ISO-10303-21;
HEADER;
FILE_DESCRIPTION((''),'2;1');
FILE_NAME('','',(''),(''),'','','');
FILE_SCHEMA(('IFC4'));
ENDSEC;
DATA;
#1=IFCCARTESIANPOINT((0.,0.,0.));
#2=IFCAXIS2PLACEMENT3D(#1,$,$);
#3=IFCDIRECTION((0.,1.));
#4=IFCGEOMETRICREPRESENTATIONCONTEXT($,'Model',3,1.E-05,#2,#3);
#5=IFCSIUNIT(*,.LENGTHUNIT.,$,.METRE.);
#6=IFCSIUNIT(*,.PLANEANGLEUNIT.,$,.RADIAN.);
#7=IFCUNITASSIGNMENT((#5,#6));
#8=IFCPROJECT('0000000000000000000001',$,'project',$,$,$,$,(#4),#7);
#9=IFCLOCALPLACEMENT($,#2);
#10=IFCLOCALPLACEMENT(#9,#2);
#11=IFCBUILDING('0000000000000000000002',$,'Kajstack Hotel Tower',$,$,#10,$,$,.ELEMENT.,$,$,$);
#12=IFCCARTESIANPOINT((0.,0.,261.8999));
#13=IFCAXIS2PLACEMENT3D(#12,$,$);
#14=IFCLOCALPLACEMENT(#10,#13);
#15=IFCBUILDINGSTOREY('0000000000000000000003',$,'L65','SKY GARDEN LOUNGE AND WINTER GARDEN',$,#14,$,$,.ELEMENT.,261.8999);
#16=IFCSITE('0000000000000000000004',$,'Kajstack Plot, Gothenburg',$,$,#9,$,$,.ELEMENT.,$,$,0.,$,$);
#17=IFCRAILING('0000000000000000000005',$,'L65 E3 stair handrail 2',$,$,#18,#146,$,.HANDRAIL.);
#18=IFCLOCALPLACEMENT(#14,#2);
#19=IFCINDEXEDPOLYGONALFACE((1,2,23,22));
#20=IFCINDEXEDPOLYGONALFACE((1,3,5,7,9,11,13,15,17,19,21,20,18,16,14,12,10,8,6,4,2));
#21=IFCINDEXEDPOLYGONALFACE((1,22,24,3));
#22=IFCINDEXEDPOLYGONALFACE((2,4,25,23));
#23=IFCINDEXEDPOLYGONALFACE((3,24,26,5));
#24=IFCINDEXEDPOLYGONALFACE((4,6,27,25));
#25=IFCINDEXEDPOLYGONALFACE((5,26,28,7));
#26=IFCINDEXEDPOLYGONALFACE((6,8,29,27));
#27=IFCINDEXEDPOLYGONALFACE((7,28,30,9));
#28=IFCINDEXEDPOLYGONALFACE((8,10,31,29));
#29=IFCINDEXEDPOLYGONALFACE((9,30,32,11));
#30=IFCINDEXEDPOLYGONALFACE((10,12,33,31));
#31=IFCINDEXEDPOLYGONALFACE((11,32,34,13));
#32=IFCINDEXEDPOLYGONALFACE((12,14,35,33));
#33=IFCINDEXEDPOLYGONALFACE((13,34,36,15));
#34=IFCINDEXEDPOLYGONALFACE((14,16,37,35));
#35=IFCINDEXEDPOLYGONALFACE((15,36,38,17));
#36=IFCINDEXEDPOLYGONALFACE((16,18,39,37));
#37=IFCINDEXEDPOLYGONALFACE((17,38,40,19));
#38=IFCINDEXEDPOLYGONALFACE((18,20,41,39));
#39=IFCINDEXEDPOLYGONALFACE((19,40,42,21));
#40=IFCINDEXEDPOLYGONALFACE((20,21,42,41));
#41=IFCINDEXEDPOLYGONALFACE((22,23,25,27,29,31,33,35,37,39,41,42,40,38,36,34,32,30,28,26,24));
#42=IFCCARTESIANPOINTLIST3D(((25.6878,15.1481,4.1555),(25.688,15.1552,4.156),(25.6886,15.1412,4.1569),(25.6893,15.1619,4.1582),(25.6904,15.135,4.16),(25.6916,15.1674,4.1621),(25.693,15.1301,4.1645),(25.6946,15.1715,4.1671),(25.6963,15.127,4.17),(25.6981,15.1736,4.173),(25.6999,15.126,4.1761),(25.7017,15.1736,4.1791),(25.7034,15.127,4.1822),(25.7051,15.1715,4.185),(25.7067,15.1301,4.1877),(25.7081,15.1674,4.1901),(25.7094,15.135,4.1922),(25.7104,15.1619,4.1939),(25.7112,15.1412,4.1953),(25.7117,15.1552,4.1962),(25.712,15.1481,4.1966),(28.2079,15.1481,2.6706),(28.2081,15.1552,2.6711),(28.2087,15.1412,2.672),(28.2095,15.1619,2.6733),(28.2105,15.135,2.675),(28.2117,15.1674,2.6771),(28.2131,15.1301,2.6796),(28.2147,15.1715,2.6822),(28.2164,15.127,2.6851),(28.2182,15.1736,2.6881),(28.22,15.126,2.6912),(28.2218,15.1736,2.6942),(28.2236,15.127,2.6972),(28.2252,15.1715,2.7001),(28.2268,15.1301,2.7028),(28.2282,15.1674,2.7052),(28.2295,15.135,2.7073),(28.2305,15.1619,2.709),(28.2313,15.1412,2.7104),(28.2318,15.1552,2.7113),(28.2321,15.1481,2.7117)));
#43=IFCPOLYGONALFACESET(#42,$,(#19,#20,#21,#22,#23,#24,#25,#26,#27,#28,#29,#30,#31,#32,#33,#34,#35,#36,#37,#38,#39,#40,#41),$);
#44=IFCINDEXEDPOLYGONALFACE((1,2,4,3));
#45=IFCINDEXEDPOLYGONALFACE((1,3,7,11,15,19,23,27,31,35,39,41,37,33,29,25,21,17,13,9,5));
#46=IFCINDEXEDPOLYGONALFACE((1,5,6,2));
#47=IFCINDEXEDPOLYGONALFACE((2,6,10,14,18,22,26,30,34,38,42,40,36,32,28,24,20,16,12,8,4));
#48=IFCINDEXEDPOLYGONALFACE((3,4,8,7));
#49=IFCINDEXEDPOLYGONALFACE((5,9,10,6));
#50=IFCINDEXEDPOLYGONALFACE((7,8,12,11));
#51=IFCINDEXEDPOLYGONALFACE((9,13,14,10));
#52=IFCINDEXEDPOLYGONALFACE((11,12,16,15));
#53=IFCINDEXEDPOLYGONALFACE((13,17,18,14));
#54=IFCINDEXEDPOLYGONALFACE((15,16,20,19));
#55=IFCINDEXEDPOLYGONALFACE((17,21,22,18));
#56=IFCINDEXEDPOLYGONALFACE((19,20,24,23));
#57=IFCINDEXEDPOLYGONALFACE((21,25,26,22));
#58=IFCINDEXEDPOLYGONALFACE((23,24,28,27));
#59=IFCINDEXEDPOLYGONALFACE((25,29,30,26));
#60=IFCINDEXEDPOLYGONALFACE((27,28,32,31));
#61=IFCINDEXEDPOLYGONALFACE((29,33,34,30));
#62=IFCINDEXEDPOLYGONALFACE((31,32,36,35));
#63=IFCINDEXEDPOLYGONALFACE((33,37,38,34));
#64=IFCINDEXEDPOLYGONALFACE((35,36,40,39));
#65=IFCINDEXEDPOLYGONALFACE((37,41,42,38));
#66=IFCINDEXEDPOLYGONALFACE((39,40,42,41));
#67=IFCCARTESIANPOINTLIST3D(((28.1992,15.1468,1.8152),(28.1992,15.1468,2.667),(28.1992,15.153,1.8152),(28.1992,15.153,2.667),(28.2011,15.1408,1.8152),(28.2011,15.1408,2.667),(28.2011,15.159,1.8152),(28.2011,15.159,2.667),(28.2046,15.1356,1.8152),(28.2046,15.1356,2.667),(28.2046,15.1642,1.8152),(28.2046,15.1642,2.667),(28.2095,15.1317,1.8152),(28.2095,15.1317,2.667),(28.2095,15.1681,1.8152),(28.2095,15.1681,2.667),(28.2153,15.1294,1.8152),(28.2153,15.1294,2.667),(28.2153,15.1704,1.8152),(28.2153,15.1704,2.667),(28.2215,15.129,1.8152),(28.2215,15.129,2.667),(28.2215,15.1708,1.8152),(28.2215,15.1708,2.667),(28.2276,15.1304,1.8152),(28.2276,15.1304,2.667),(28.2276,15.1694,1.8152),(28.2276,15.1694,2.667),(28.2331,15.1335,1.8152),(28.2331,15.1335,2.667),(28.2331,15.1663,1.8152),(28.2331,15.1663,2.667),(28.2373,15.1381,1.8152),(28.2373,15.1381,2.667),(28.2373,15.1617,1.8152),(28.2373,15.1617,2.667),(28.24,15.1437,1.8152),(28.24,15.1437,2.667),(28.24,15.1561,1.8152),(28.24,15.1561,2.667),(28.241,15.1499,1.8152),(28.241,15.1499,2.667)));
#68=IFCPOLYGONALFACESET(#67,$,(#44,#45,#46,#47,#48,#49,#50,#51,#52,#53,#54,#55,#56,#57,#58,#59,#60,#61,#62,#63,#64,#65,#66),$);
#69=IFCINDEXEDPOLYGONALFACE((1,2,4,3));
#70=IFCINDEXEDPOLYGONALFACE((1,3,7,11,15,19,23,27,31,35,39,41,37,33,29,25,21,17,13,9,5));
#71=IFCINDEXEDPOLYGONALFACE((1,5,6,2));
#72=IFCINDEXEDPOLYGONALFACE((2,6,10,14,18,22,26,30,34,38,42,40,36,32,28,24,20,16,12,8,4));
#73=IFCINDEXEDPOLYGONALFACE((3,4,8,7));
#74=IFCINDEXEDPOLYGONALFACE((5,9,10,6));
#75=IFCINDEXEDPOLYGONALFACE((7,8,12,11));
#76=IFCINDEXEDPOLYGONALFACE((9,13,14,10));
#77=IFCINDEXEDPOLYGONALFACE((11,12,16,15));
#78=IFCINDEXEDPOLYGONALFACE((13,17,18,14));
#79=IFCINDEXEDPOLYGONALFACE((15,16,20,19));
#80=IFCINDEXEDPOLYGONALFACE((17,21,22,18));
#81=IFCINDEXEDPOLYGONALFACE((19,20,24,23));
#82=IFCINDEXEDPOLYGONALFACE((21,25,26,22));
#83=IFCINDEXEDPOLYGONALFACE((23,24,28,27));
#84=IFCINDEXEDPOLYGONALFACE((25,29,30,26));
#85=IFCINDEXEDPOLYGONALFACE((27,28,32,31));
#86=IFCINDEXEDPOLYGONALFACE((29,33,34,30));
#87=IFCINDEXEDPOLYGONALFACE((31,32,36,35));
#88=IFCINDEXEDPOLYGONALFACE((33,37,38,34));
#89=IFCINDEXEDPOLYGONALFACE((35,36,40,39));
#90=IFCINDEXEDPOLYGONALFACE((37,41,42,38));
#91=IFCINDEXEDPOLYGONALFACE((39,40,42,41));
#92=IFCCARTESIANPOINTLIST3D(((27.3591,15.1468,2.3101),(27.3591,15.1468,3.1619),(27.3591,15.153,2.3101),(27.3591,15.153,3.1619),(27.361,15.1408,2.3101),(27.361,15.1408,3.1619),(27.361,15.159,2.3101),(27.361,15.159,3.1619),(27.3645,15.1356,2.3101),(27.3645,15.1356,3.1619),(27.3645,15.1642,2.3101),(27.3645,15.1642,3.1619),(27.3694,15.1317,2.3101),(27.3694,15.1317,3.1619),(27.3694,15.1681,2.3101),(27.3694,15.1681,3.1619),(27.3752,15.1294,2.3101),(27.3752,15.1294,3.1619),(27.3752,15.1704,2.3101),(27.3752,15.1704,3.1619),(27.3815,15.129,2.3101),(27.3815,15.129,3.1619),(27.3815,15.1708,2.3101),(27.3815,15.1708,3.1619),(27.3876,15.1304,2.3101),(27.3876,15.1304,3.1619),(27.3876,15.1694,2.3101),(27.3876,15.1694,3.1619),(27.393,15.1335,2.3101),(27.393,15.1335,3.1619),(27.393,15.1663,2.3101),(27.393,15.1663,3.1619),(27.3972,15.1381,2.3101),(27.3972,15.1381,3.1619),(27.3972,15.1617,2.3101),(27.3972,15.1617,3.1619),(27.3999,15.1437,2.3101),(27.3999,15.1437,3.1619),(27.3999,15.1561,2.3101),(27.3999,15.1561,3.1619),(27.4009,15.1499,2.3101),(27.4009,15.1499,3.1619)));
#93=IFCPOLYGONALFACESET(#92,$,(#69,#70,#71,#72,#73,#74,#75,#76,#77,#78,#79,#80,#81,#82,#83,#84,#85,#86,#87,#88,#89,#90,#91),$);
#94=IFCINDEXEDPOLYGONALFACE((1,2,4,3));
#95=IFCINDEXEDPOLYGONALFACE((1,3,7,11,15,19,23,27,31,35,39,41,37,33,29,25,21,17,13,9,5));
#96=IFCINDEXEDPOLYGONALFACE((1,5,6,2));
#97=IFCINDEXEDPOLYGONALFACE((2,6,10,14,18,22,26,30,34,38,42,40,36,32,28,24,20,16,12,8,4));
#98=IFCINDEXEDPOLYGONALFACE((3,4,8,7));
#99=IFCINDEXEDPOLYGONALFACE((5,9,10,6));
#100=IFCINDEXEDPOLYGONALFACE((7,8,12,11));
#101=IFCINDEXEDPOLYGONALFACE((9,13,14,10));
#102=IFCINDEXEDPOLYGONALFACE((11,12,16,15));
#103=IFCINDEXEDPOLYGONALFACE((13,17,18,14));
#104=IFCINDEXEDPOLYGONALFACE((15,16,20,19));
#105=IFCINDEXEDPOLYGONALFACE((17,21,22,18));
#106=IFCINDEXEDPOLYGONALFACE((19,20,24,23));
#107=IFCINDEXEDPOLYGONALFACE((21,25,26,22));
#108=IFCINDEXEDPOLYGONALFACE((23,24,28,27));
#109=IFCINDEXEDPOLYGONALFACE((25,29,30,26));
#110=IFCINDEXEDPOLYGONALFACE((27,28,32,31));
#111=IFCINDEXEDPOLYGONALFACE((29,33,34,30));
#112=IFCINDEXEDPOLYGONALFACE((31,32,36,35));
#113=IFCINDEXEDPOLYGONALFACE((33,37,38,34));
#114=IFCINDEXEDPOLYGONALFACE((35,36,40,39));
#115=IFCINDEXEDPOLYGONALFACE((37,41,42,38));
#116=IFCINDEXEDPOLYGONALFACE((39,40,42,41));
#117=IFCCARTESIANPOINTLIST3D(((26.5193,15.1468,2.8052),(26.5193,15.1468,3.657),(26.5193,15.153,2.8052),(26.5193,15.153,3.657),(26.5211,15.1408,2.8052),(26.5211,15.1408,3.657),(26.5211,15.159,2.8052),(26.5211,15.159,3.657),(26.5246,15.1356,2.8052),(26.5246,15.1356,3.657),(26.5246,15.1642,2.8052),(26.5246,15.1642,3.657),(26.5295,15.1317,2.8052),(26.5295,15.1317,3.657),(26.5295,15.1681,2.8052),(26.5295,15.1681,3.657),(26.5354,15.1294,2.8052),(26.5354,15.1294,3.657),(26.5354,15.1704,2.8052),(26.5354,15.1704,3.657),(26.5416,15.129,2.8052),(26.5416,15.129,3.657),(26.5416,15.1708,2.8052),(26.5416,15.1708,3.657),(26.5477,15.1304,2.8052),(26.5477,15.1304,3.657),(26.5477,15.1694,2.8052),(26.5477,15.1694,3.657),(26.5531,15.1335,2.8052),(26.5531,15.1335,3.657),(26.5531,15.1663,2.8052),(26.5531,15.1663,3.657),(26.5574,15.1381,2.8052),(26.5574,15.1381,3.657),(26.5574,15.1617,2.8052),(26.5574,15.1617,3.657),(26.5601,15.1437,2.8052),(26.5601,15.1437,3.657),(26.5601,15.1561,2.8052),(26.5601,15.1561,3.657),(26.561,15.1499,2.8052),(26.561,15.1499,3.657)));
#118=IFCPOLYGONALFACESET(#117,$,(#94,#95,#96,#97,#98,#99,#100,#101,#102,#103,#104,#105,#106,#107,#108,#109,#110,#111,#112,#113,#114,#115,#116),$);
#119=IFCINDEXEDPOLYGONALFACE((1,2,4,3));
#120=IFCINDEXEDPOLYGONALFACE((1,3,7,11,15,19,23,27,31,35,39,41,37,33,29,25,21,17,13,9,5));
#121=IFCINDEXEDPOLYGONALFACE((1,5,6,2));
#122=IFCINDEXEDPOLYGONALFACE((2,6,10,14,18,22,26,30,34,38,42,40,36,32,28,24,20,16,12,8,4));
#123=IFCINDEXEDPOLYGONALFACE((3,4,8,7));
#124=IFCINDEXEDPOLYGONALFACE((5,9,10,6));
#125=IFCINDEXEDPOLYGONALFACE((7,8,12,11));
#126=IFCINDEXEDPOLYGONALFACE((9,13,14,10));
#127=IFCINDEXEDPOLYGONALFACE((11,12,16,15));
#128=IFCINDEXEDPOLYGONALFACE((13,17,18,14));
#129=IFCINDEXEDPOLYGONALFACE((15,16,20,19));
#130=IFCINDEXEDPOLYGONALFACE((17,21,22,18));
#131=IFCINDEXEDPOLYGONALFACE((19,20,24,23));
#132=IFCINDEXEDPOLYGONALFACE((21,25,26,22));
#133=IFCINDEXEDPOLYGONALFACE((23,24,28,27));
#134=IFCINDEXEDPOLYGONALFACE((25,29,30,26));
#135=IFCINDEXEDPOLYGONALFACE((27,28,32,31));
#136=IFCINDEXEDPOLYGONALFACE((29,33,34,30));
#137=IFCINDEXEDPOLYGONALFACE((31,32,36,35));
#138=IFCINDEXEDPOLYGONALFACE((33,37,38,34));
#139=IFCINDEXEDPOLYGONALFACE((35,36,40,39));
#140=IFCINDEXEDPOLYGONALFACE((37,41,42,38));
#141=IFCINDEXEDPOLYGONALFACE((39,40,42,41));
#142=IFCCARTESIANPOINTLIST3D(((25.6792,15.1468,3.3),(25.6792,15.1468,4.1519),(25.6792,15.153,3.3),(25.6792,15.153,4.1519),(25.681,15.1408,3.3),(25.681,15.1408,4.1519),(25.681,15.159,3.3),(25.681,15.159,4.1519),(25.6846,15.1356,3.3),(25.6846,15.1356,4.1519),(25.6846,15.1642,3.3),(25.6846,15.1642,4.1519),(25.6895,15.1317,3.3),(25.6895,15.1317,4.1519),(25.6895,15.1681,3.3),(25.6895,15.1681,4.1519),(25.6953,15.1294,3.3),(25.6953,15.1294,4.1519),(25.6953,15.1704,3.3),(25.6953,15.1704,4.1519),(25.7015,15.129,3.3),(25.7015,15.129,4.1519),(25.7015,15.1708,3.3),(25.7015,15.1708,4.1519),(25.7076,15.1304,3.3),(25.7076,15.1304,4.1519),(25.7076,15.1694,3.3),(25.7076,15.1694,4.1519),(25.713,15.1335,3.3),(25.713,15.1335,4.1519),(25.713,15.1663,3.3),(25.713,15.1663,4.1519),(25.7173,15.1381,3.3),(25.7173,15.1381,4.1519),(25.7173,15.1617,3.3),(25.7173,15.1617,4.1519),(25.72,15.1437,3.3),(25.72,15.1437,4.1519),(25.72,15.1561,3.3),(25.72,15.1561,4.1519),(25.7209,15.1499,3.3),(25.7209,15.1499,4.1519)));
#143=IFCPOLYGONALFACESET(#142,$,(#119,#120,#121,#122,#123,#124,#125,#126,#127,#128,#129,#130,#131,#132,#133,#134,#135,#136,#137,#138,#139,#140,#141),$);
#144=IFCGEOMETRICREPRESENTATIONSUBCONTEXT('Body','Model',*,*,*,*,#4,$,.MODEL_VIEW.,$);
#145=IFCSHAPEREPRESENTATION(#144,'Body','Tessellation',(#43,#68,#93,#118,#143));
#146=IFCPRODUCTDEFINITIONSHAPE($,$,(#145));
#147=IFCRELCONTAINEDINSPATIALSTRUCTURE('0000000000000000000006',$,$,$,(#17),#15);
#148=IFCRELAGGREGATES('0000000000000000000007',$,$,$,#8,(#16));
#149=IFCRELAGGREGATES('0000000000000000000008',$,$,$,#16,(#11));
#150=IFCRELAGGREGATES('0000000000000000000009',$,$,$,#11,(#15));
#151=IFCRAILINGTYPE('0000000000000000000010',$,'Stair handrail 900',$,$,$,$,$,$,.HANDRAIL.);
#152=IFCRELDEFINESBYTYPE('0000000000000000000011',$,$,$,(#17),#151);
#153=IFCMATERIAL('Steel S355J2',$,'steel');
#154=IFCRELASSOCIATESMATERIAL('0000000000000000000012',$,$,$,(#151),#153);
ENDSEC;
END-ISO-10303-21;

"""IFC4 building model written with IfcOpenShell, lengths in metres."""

from ifc_helpers import new_model, si_unit, direction, frame, origin, origin_2d, place, context, subcontext, project, spatial, circle, extrude, material, type_object, element, save


model = new_model("IFC4")

# Units and contexts
model_context = context("Model", 3, precision=1e-05, world=origin(), true_north=direction((0.0, 1.0)))
body_context = subcontext(model_context, "Body", "Model", "MODEL_VIEW")
ifc_project = project(units=[si_unit("LENGTHUNIT", "METRE"), si_unit("PLANEANGLEUNIT", "RADIAN")], contexts=[model_context])

# Site, building, storey
site_placement = place(None, origin())
site = spatial("IfcSite", under=ifc_project, at=site_placement, Name="Kajstack Plot, Gothenburg", CompositionType="ELEMENT", RefElevation=0.0)
building_placement = place(site_placement, origin())
building = spatial("IfcBuilding", under=site, at=building_placement, Name="Kajstack Hotel Tower", CompositionType="ELEMENT")
storey_placement = place(building_placement, frame((0.0, 0.0, 261.8999)))
storey = spatial("IfcBuildingStorey", under=building, at=storey_placement, Name="L65", Description="SKY GARDEN LOUNGE AND WINTER GARDEN", CompositionType="ELEMENT", Elevation=261.8999)

# Railing
ifc_material_1 = material(Name="Steel S355J2", Category="steel")
railing_type = type_object("IfcRailingType", Name="Stair handrail 900", PredefinedType="HANDRAIL", material=ifc_material_1)
railing_1_placement = place(storey_placement, frame((28.22, 15.1499, 1.8152)))
element("IfcRailing", 1, at=railing_1_placement, inside=storey, type_object=railing_type, Name="L65 E3 stair handrail 2", PredefinedType="HANDRAIL", context=body_context, shape_type="SweptSolid", body=[
    extrude(circle(Radius=0.0239, at=origin_2d()), frame((0.0, 0.0, 0.876), z_axis=(-0.861561, 0.0, 0.507655), x_axis=(0.0, -1.0, 0.0)), (0.0, 0.0, 1.0), 2.925),
    extrude(circle(Radius=0.021, at=origin_2d()), origin(), (0.0, 0.0, 1.0), 0.8518),
    extrude(circle(Radius=0.021, at=origin_2d()), frame((-0.8401, 0.0, 0.4949)), (0.0, 0.0, 1.0), 0.8518),
    extrude(circle(Radius=0.021, at=origin_2d()), frame((-1.6799, 0.0, 0.99)), (0.0, 0.0, 1.0), 0.8518),
    extrude(circle(Radius=0.021, at=origin_2d()), frame((-2.52, 0.0, 1.4849)), (0.0, 0.0, 1.0), 0.8518),
])

save(model, "model.ifc")
